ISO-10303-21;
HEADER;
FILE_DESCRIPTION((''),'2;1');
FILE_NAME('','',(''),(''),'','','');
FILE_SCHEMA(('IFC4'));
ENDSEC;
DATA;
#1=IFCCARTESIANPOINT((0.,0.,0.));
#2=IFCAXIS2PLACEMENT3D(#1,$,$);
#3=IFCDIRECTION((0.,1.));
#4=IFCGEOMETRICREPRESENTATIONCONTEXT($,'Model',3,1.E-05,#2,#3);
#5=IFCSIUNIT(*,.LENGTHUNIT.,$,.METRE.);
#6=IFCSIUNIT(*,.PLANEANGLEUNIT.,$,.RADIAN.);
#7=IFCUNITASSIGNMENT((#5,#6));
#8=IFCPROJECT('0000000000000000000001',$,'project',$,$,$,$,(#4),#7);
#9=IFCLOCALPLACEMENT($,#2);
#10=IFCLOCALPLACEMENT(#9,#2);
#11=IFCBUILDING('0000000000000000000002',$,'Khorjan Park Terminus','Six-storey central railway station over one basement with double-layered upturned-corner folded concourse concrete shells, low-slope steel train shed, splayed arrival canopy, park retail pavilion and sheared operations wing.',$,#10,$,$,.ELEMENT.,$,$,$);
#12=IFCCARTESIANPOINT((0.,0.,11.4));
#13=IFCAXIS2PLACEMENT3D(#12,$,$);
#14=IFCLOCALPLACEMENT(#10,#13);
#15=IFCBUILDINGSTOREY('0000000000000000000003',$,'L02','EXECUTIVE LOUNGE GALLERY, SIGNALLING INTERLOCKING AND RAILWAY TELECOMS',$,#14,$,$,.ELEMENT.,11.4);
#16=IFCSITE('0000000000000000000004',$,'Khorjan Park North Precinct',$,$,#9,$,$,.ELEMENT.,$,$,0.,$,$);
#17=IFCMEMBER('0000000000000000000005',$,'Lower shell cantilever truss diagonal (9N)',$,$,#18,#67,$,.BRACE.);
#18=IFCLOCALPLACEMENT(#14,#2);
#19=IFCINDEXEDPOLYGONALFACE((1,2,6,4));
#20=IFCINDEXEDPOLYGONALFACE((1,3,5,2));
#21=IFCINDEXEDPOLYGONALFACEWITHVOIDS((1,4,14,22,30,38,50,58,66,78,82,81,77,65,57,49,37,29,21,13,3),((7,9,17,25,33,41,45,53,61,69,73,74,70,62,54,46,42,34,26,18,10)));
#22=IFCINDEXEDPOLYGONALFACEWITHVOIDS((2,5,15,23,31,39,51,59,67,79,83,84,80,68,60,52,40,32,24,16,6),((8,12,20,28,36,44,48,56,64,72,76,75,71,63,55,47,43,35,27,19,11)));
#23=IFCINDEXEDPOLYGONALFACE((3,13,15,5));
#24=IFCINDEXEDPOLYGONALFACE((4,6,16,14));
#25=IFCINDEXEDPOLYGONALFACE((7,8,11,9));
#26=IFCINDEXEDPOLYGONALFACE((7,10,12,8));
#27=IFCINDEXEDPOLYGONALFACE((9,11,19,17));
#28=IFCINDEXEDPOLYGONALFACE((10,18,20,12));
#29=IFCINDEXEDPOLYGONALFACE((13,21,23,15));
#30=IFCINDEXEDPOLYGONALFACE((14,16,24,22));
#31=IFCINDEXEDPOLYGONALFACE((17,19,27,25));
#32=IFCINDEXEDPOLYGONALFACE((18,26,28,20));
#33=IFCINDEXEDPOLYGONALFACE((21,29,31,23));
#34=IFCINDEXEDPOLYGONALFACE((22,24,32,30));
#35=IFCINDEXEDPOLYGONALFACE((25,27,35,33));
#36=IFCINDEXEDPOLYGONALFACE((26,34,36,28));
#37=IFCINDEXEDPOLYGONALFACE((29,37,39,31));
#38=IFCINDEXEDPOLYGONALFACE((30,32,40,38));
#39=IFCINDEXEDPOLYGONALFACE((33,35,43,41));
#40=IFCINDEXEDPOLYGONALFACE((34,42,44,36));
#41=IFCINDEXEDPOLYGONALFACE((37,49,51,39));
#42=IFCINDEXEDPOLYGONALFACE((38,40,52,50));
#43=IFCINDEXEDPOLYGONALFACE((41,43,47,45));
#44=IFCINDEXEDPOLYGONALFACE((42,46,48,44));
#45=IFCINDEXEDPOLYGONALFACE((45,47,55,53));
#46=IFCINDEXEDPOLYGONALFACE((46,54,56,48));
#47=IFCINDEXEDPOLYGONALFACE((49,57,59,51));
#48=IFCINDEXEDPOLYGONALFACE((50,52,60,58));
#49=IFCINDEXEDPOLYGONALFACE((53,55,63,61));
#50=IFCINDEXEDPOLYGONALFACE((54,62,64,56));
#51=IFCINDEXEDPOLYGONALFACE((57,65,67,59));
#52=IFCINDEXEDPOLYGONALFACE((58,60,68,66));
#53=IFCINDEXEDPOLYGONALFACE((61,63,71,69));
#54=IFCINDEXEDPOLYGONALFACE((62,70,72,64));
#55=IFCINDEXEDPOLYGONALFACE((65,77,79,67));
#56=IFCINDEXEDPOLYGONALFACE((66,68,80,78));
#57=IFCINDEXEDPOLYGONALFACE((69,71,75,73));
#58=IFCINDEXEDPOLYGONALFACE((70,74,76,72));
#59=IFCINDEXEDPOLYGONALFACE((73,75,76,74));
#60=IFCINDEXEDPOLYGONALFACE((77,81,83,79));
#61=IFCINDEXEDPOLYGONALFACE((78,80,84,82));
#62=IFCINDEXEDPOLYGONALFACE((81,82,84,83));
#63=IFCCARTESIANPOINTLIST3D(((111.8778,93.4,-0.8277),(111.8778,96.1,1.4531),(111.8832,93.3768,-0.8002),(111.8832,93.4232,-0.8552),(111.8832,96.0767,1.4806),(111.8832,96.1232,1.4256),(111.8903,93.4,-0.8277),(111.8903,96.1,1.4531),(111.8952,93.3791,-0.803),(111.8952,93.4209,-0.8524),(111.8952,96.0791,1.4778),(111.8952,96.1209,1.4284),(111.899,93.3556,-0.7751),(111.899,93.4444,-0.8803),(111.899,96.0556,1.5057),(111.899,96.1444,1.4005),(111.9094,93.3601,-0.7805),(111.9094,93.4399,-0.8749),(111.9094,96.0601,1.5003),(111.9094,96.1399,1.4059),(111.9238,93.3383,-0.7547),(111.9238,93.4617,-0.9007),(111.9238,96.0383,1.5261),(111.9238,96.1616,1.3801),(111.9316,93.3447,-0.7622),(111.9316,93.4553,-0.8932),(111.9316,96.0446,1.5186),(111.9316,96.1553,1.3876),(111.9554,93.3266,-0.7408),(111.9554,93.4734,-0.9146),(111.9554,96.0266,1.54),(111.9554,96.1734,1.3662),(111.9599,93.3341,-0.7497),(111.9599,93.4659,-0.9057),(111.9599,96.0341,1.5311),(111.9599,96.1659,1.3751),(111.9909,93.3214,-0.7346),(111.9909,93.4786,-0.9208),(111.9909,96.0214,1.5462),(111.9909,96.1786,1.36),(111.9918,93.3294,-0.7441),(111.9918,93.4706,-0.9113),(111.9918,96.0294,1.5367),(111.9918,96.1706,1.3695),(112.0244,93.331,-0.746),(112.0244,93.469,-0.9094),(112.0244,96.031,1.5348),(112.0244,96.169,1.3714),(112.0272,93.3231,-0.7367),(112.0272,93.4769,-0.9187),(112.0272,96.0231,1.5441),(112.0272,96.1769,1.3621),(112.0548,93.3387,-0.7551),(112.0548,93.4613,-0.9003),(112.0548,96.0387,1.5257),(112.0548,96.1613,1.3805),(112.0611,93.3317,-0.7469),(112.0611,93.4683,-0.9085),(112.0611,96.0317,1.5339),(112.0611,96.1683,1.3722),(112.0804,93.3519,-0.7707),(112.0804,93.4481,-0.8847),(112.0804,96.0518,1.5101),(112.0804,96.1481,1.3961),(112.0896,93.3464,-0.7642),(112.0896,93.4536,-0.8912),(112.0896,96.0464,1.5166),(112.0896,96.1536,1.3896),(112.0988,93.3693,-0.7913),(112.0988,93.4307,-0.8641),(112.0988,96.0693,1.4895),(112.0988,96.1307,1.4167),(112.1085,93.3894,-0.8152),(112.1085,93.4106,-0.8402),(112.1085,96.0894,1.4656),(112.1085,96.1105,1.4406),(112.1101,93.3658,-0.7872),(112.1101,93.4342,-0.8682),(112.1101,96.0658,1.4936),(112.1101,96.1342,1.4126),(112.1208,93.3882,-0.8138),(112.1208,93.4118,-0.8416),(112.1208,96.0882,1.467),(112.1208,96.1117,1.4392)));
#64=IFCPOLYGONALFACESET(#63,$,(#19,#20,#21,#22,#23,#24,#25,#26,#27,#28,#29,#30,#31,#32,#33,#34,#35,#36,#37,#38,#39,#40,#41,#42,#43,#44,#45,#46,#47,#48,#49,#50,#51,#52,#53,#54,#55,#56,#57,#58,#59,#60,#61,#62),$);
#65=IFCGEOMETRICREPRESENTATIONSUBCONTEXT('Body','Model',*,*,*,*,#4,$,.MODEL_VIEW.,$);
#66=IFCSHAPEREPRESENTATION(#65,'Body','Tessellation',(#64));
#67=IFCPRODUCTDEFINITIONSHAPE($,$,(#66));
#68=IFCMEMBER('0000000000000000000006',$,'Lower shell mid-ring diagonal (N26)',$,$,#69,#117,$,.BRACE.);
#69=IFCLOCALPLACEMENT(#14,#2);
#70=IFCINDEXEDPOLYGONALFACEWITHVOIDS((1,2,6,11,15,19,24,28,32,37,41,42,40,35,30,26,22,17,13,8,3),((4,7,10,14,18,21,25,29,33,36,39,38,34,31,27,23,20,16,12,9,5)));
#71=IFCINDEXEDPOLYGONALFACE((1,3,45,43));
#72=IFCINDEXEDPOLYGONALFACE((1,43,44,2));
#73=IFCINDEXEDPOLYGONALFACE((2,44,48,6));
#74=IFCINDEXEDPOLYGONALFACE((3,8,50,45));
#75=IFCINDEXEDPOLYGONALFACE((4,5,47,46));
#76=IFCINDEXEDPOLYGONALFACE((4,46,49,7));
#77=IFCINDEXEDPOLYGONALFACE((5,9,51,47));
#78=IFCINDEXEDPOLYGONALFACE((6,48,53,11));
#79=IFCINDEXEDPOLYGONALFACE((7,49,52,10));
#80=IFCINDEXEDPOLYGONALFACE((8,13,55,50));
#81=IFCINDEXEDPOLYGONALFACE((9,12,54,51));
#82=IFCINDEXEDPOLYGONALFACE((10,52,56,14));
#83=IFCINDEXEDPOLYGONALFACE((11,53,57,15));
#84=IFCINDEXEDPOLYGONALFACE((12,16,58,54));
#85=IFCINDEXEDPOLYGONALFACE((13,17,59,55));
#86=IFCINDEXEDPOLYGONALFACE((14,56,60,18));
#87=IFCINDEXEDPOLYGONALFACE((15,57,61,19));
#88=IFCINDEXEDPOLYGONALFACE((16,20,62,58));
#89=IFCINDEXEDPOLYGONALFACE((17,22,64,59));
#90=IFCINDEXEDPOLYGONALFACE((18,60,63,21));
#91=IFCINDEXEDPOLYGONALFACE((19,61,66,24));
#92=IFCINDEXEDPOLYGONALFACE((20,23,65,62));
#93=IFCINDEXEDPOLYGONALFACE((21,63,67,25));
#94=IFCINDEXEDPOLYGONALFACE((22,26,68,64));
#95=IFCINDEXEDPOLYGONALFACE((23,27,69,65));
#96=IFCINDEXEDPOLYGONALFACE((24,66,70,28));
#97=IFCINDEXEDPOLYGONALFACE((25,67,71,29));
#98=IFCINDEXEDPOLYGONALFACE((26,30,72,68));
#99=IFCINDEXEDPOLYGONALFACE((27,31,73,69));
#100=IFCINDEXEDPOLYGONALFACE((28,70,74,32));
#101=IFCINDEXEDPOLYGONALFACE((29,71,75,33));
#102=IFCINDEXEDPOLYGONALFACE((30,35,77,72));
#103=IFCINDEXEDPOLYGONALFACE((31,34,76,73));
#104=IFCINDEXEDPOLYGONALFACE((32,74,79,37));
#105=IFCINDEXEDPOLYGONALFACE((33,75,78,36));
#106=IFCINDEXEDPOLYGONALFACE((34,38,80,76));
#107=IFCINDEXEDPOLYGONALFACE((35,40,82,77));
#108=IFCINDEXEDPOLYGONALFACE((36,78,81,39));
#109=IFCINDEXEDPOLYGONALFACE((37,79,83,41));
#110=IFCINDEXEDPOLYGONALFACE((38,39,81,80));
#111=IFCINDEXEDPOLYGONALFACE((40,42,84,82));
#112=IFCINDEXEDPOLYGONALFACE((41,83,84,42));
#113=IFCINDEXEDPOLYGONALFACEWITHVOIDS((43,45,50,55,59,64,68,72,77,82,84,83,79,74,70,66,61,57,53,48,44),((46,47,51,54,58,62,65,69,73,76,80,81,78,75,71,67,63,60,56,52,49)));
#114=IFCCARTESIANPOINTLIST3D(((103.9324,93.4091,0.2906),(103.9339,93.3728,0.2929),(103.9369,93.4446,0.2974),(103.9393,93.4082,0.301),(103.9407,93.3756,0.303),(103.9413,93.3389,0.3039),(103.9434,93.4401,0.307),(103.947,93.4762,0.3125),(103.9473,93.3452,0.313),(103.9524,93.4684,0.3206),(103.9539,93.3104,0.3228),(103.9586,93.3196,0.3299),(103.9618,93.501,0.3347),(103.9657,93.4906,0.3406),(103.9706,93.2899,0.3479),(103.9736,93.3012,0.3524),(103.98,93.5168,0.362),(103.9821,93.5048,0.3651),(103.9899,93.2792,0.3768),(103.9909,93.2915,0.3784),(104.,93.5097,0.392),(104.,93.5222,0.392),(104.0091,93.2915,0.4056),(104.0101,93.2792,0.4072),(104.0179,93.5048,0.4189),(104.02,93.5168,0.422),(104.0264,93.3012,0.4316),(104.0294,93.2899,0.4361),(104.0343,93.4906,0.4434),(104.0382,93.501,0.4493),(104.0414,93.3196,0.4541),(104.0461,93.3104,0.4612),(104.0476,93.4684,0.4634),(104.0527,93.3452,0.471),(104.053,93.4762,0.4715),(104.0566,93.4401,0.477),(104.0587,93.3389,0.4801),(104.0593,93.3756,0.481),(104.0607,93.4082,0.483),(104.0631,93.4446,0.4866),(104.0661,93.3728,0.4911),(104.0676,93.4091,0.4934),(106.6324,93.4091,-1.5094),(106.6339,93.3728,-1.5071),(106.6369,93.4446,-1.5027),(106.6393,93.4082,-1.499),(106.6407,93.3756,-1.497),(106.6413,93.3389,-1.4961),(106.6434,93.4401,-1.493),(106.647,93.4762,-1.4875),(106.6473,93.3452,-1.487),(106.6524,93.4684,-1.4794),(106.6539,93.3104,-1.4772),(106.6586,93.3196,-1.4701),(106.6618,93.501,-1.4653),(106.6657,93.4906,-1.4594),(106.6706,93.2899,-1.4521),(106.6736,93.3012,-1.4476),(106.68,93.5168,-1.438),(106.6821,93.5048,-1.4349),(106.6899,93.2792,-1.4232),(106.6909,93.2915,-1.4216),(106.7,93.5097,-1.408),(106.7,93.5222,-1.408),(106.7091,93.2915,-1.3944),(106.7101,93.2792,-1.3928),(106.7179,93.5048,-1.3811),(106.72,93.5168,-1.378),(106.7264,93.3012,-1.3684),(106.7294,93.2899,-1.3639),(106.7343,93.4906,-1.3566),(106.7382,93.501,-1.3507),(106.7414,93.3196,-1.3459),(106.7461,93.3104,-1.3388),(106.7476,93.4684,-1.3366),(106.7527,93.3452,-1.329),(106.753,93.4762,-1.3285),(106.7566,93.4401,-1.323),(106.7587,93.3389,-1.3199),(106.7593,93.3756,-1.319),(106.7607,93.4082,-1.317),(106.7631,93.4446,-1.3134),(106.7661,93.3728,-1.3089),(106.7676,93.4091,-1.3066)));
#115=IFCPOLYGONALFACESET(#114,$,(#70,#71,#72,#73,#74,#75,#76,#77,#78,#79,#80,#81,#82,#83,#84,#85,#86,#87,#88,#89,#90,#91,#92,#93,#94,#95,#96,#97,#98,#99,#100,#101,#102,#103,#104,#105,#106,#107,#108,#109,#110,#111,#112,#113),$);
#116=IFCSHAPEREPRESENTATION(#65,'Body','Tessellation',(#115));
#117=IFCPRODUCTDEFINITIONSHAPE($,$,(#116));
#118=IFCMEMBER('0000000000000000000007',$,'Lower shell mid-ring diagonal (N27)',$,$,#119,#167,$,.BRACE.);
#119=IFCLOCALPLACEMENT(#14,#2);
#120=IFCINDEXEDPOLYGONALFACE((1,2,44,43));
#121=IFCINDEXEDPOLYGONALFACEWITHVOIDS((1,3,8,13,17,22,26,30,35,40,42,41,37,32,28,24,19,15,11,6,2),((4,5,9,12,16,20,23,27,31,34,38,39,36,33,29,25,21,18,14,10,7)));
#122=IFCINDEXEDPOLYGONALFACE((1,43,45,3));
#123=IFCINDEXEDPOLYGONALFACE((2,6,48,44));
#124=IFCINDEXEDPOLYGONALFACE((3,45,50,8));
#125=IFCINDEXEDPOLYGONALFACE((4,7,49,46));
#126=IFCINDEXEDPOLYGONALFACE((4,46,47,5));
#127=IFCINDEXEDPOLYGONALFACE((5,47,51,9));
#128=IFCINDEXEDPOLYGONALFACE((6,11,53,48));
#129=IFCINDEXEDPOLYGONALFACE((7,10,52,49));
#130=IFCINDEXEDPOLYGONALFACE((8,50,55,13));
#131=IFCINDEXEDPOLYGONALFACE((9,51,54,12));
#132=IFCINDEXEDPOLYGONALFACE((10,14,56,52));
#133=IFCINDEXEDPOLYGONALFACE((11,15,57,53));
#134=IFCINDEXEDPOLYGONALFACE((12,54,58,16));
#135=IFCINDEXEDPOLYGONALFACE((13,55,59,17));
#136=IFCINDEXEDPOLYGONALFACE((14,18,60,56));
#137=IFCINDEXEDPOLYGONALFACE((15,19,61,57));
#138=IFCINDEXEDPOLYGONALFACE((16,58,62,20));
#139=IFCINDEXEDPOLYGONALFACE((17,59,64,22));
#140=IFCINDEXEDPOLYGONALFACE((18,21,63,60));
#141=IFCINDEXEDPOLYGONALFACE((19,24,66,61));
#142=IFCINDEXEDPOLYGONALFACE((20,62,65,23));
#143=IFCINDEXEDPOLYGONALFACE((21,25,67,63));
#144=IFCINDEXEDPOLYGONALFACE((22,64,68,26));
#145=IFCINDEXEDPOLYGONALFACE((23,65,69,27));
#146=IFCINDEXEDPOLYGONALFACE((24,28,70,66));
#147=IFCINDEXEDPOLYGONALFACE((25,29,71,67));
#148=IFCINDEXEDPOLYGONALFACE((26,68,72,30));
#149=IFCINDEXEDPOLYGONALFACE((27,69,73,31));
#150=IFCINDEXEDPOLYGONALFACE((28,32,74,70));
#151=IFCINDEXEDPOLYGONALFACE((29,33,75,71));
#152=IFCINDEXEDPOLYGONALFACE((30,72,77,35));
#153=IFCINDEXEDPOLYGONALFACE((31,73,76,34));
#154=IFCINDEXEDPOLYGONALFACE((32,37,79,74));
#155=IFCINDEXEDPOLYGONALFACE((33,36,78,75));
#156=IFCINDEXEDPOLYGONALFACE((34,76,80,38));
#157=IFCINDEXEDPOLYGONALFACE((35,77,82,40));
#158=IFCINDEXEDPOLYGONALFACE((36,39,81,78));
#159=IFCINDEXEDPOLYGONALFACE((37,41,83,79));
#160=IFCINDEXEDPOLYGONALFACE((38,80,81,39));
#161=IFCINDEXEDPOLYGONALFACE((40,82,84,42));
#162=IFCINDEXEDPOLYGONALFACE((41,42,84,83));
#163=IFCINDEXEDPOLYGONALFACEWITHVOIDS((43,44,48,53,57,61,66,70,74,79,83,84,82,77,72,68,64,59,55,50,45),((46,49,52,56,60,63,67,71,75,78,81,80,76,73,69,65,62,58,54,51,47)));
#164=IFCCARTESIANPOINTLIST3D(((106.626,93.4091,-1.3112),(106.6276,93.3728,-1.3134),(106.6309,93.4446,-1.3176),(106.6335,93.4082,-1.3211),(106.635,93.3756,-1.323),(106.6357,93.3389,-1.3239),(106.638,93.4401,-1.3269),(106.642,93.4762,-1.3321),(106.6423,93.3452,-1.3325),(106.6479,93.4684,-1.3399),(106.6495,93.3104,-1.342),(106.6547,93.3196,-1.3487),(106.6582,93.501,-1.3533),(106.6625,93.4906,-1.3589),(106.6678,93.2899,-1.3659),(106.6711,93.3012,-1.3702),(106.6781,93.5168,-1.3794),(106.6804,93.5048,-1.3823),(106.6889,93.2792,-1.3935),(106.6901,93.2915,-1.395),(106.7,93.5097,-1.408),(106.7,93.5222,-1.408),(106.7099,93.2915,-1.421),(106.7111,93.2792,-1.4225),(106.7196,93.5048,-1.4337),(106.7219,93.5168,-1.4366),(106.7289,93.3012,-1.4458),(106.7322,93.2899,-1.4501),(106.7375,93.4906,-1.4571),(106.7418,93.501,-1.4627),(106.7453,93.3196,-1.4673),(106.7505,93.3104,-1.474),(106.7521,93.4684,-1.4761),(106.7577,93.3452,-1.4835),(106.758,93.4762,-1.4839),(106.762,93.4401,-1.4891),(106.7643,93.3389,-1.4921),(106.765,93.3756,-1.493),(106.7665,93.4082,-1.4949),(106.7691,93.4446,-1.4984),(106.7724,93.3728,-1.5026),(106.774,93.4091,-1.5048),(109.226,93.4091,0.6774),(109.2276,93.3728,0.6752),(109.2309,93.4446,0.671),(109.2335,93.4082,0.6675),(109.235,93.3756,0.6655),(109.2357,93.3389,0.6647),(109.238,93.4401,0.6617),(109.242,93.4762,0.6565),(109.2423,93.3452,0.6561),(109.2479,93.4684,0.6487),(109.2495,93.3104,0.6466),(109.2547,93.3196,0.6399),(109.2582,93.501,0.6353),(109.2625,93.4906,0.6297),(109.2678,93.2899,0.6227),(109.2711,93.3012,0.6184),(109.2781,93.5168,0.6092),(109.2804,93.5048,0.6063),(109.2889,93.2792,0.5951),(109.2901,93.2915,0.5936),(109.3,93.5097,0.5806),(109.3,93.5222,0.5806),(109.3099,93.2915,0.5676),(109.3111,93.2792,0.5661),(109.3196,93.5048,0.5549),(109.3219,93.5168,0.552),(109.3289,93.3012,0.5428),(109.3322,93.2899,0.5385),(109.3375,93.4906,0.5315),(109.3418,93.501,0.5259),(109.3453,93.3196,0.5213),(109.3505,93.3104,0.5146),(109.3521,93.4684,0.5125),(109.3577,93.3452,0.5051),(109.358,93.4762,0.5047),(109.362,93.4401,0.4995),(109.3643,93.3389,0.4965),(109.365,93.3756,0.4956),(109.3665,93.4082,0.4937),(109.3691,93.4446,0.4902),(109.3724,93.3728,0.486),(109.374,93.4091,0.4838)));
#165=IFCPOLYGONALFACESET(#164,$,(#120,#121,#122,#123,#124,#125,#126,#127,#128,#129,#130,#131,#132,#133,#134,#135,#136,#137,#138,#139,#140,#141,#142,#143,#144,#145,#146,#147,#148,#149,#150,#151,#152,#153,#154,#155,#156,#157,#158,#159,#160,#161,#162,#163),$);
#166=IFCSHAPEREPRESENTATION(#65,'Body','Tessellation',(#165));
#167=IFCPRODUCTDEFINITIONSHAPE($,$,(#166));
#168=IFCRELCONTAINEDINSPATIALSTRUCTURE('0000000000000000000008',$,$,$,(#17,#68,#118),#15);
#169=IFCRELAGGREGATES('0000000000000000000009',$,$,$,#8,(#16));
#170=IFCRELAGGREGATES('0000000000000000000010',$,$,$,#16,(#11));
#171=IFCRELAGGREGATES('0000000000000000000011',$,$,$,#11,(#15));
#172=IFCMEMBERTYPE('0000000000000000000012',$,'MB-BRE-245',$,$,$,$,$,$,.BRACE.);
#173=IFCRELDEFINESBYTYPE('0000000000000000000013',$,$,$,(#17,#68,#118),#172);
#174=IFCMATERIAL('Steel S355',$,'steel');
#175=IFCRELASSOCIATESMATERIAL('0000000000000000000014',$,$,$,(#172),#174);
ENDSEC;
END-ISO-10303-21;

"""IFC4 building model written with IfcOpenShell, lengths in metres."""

from ifc_helpers import new_model, si_unit, direction, frame, origin, origin_2d, place, context, subcontext, project, spatial, hollow_circle, extrude, material, material_profile, profile_set, type_object, element, save


model = new_model("IFC4")

# Units and contexts
model_context = context("Model", 3, precision=1e-05, world=origin(), true_north=direction((0.0, 1.0)))
body_context = subcontext(model_context, "Body", "Model", "MODEL_VIEW")
ifc_project = project(units=[si_unit("LENGTHUNIT", "METRE"), si_unit("PLANEANGLEUNIT", "RADIAN")], contexts=[model_context])

# Site, building, storey
site_placement = place(None, origin())
site = spatial("IfcSite", under=ifc_project, at=site_placement, Name="Khorjan Park North Precinct", CompositionType="ELEMENT", RefElevation=0.0)
building_placement = place(site_placement, origin())
building = spatial("IfcBuilding", under=site, at=building_placement, Name="Khorjan Park Terminus", Description="Six-storey central railway station over one basement with double-layered upturned-corner folded concourse concrete shells, low-slope steel train shed, splayed arrival canopy, park retail pavilion and sheared operations wing.", CompositionType="ELEMENT")
storey_placement = place(building_placement, frame((0.0, 0.0, 11.4)))
storey = spatial("IfcBuildingStorey", under=building, at=storey_placement, Name="L02", Description="EXECUTIVE LOUNGE GALLERY, SIGNALLING INTERLOCKING AND RAILWAY TELECOMS", CompositionType="ELEMENT", Elevation=11.4)

# Members
ifc_material_1 = material(Name="Steel S355", Category="steel")
ifc_material_profile_1 = material_profile(ifc_material_1, hollow_circle(Radius=0.1222, WallThickness=0.0125, at=origin_2d()), Name="CHS 244.5x12.5")
ifc_profile_set_1 = profile_set([ifc_material_profile_1], Name="Steel S355")
member_type_1 = type_object("IfcMemberType", Name="MB-BRE-245", PredefinedType="BRACE", material=ifc_profile_set_1)
member_1_placement = place(storey_placement, frame((112.0, 93.4, -0.8277), z_axis=(0.0, 0.763918, 0.645313), x_axis=(-1.0, 0.0, 0.0)))
element("IfcMember", 1, at=member_1_placement, inside=storey, type_object=member_type_1, Name="Lower shell cantilever truss diagonal (9N)", PredefinedType="BRACE", context=body_context, shape_type="SweptSolid", body=[
    extrude(hollow_circle(Radius=0.1222, WallThickness=0.0125, at=origin_2d()), origin(), (0.0, 0.0, 1.0), 3.5344),
])
member_2_placement = place(storey_placement, frame((104.0, 93.4, 0.392), z_axis=(0.83205, 0.0, -0.5547), x_axis=(0.0, 1.0, 0.0)))
element("IfcMember", 2, at=member_2_placement, inside=storey, type_object=member_type_1, Name="Lower shell mid-ring diagonal (N26)", PredefinedType="BRACE", context=body_context, shape_type="SweptSolid", body=[
    extrude(hollow_circle(Radius=0.1222, WallThickness=0.0125, at=origin_2d()), origin(), (0.0, 0.0, 1.0), 3.245),
])
member_3_placement = place(storey_placement, frame((106.7, 93.4, -1.408), z_axis=(0.794304, 0.0, 0.60752), x_axis=(0.0, 1.0, 0.0)))
element("IfcMember", 3, at=member_3_placement, inside=storey, type_object=member_type_1, Name="Lower shell mid-ring diagonal (N27)", PredefinedType="BRACE", context=body_context, shape_type="SweptSolid", body=[
    extrude(hollow_circle(Radius=0.1222, WallThickness=0.0125, at=origin_2d()), origin(), (0.0, 0.0, 1.0), 3.2733),
])

save(model, "model.ifc")
